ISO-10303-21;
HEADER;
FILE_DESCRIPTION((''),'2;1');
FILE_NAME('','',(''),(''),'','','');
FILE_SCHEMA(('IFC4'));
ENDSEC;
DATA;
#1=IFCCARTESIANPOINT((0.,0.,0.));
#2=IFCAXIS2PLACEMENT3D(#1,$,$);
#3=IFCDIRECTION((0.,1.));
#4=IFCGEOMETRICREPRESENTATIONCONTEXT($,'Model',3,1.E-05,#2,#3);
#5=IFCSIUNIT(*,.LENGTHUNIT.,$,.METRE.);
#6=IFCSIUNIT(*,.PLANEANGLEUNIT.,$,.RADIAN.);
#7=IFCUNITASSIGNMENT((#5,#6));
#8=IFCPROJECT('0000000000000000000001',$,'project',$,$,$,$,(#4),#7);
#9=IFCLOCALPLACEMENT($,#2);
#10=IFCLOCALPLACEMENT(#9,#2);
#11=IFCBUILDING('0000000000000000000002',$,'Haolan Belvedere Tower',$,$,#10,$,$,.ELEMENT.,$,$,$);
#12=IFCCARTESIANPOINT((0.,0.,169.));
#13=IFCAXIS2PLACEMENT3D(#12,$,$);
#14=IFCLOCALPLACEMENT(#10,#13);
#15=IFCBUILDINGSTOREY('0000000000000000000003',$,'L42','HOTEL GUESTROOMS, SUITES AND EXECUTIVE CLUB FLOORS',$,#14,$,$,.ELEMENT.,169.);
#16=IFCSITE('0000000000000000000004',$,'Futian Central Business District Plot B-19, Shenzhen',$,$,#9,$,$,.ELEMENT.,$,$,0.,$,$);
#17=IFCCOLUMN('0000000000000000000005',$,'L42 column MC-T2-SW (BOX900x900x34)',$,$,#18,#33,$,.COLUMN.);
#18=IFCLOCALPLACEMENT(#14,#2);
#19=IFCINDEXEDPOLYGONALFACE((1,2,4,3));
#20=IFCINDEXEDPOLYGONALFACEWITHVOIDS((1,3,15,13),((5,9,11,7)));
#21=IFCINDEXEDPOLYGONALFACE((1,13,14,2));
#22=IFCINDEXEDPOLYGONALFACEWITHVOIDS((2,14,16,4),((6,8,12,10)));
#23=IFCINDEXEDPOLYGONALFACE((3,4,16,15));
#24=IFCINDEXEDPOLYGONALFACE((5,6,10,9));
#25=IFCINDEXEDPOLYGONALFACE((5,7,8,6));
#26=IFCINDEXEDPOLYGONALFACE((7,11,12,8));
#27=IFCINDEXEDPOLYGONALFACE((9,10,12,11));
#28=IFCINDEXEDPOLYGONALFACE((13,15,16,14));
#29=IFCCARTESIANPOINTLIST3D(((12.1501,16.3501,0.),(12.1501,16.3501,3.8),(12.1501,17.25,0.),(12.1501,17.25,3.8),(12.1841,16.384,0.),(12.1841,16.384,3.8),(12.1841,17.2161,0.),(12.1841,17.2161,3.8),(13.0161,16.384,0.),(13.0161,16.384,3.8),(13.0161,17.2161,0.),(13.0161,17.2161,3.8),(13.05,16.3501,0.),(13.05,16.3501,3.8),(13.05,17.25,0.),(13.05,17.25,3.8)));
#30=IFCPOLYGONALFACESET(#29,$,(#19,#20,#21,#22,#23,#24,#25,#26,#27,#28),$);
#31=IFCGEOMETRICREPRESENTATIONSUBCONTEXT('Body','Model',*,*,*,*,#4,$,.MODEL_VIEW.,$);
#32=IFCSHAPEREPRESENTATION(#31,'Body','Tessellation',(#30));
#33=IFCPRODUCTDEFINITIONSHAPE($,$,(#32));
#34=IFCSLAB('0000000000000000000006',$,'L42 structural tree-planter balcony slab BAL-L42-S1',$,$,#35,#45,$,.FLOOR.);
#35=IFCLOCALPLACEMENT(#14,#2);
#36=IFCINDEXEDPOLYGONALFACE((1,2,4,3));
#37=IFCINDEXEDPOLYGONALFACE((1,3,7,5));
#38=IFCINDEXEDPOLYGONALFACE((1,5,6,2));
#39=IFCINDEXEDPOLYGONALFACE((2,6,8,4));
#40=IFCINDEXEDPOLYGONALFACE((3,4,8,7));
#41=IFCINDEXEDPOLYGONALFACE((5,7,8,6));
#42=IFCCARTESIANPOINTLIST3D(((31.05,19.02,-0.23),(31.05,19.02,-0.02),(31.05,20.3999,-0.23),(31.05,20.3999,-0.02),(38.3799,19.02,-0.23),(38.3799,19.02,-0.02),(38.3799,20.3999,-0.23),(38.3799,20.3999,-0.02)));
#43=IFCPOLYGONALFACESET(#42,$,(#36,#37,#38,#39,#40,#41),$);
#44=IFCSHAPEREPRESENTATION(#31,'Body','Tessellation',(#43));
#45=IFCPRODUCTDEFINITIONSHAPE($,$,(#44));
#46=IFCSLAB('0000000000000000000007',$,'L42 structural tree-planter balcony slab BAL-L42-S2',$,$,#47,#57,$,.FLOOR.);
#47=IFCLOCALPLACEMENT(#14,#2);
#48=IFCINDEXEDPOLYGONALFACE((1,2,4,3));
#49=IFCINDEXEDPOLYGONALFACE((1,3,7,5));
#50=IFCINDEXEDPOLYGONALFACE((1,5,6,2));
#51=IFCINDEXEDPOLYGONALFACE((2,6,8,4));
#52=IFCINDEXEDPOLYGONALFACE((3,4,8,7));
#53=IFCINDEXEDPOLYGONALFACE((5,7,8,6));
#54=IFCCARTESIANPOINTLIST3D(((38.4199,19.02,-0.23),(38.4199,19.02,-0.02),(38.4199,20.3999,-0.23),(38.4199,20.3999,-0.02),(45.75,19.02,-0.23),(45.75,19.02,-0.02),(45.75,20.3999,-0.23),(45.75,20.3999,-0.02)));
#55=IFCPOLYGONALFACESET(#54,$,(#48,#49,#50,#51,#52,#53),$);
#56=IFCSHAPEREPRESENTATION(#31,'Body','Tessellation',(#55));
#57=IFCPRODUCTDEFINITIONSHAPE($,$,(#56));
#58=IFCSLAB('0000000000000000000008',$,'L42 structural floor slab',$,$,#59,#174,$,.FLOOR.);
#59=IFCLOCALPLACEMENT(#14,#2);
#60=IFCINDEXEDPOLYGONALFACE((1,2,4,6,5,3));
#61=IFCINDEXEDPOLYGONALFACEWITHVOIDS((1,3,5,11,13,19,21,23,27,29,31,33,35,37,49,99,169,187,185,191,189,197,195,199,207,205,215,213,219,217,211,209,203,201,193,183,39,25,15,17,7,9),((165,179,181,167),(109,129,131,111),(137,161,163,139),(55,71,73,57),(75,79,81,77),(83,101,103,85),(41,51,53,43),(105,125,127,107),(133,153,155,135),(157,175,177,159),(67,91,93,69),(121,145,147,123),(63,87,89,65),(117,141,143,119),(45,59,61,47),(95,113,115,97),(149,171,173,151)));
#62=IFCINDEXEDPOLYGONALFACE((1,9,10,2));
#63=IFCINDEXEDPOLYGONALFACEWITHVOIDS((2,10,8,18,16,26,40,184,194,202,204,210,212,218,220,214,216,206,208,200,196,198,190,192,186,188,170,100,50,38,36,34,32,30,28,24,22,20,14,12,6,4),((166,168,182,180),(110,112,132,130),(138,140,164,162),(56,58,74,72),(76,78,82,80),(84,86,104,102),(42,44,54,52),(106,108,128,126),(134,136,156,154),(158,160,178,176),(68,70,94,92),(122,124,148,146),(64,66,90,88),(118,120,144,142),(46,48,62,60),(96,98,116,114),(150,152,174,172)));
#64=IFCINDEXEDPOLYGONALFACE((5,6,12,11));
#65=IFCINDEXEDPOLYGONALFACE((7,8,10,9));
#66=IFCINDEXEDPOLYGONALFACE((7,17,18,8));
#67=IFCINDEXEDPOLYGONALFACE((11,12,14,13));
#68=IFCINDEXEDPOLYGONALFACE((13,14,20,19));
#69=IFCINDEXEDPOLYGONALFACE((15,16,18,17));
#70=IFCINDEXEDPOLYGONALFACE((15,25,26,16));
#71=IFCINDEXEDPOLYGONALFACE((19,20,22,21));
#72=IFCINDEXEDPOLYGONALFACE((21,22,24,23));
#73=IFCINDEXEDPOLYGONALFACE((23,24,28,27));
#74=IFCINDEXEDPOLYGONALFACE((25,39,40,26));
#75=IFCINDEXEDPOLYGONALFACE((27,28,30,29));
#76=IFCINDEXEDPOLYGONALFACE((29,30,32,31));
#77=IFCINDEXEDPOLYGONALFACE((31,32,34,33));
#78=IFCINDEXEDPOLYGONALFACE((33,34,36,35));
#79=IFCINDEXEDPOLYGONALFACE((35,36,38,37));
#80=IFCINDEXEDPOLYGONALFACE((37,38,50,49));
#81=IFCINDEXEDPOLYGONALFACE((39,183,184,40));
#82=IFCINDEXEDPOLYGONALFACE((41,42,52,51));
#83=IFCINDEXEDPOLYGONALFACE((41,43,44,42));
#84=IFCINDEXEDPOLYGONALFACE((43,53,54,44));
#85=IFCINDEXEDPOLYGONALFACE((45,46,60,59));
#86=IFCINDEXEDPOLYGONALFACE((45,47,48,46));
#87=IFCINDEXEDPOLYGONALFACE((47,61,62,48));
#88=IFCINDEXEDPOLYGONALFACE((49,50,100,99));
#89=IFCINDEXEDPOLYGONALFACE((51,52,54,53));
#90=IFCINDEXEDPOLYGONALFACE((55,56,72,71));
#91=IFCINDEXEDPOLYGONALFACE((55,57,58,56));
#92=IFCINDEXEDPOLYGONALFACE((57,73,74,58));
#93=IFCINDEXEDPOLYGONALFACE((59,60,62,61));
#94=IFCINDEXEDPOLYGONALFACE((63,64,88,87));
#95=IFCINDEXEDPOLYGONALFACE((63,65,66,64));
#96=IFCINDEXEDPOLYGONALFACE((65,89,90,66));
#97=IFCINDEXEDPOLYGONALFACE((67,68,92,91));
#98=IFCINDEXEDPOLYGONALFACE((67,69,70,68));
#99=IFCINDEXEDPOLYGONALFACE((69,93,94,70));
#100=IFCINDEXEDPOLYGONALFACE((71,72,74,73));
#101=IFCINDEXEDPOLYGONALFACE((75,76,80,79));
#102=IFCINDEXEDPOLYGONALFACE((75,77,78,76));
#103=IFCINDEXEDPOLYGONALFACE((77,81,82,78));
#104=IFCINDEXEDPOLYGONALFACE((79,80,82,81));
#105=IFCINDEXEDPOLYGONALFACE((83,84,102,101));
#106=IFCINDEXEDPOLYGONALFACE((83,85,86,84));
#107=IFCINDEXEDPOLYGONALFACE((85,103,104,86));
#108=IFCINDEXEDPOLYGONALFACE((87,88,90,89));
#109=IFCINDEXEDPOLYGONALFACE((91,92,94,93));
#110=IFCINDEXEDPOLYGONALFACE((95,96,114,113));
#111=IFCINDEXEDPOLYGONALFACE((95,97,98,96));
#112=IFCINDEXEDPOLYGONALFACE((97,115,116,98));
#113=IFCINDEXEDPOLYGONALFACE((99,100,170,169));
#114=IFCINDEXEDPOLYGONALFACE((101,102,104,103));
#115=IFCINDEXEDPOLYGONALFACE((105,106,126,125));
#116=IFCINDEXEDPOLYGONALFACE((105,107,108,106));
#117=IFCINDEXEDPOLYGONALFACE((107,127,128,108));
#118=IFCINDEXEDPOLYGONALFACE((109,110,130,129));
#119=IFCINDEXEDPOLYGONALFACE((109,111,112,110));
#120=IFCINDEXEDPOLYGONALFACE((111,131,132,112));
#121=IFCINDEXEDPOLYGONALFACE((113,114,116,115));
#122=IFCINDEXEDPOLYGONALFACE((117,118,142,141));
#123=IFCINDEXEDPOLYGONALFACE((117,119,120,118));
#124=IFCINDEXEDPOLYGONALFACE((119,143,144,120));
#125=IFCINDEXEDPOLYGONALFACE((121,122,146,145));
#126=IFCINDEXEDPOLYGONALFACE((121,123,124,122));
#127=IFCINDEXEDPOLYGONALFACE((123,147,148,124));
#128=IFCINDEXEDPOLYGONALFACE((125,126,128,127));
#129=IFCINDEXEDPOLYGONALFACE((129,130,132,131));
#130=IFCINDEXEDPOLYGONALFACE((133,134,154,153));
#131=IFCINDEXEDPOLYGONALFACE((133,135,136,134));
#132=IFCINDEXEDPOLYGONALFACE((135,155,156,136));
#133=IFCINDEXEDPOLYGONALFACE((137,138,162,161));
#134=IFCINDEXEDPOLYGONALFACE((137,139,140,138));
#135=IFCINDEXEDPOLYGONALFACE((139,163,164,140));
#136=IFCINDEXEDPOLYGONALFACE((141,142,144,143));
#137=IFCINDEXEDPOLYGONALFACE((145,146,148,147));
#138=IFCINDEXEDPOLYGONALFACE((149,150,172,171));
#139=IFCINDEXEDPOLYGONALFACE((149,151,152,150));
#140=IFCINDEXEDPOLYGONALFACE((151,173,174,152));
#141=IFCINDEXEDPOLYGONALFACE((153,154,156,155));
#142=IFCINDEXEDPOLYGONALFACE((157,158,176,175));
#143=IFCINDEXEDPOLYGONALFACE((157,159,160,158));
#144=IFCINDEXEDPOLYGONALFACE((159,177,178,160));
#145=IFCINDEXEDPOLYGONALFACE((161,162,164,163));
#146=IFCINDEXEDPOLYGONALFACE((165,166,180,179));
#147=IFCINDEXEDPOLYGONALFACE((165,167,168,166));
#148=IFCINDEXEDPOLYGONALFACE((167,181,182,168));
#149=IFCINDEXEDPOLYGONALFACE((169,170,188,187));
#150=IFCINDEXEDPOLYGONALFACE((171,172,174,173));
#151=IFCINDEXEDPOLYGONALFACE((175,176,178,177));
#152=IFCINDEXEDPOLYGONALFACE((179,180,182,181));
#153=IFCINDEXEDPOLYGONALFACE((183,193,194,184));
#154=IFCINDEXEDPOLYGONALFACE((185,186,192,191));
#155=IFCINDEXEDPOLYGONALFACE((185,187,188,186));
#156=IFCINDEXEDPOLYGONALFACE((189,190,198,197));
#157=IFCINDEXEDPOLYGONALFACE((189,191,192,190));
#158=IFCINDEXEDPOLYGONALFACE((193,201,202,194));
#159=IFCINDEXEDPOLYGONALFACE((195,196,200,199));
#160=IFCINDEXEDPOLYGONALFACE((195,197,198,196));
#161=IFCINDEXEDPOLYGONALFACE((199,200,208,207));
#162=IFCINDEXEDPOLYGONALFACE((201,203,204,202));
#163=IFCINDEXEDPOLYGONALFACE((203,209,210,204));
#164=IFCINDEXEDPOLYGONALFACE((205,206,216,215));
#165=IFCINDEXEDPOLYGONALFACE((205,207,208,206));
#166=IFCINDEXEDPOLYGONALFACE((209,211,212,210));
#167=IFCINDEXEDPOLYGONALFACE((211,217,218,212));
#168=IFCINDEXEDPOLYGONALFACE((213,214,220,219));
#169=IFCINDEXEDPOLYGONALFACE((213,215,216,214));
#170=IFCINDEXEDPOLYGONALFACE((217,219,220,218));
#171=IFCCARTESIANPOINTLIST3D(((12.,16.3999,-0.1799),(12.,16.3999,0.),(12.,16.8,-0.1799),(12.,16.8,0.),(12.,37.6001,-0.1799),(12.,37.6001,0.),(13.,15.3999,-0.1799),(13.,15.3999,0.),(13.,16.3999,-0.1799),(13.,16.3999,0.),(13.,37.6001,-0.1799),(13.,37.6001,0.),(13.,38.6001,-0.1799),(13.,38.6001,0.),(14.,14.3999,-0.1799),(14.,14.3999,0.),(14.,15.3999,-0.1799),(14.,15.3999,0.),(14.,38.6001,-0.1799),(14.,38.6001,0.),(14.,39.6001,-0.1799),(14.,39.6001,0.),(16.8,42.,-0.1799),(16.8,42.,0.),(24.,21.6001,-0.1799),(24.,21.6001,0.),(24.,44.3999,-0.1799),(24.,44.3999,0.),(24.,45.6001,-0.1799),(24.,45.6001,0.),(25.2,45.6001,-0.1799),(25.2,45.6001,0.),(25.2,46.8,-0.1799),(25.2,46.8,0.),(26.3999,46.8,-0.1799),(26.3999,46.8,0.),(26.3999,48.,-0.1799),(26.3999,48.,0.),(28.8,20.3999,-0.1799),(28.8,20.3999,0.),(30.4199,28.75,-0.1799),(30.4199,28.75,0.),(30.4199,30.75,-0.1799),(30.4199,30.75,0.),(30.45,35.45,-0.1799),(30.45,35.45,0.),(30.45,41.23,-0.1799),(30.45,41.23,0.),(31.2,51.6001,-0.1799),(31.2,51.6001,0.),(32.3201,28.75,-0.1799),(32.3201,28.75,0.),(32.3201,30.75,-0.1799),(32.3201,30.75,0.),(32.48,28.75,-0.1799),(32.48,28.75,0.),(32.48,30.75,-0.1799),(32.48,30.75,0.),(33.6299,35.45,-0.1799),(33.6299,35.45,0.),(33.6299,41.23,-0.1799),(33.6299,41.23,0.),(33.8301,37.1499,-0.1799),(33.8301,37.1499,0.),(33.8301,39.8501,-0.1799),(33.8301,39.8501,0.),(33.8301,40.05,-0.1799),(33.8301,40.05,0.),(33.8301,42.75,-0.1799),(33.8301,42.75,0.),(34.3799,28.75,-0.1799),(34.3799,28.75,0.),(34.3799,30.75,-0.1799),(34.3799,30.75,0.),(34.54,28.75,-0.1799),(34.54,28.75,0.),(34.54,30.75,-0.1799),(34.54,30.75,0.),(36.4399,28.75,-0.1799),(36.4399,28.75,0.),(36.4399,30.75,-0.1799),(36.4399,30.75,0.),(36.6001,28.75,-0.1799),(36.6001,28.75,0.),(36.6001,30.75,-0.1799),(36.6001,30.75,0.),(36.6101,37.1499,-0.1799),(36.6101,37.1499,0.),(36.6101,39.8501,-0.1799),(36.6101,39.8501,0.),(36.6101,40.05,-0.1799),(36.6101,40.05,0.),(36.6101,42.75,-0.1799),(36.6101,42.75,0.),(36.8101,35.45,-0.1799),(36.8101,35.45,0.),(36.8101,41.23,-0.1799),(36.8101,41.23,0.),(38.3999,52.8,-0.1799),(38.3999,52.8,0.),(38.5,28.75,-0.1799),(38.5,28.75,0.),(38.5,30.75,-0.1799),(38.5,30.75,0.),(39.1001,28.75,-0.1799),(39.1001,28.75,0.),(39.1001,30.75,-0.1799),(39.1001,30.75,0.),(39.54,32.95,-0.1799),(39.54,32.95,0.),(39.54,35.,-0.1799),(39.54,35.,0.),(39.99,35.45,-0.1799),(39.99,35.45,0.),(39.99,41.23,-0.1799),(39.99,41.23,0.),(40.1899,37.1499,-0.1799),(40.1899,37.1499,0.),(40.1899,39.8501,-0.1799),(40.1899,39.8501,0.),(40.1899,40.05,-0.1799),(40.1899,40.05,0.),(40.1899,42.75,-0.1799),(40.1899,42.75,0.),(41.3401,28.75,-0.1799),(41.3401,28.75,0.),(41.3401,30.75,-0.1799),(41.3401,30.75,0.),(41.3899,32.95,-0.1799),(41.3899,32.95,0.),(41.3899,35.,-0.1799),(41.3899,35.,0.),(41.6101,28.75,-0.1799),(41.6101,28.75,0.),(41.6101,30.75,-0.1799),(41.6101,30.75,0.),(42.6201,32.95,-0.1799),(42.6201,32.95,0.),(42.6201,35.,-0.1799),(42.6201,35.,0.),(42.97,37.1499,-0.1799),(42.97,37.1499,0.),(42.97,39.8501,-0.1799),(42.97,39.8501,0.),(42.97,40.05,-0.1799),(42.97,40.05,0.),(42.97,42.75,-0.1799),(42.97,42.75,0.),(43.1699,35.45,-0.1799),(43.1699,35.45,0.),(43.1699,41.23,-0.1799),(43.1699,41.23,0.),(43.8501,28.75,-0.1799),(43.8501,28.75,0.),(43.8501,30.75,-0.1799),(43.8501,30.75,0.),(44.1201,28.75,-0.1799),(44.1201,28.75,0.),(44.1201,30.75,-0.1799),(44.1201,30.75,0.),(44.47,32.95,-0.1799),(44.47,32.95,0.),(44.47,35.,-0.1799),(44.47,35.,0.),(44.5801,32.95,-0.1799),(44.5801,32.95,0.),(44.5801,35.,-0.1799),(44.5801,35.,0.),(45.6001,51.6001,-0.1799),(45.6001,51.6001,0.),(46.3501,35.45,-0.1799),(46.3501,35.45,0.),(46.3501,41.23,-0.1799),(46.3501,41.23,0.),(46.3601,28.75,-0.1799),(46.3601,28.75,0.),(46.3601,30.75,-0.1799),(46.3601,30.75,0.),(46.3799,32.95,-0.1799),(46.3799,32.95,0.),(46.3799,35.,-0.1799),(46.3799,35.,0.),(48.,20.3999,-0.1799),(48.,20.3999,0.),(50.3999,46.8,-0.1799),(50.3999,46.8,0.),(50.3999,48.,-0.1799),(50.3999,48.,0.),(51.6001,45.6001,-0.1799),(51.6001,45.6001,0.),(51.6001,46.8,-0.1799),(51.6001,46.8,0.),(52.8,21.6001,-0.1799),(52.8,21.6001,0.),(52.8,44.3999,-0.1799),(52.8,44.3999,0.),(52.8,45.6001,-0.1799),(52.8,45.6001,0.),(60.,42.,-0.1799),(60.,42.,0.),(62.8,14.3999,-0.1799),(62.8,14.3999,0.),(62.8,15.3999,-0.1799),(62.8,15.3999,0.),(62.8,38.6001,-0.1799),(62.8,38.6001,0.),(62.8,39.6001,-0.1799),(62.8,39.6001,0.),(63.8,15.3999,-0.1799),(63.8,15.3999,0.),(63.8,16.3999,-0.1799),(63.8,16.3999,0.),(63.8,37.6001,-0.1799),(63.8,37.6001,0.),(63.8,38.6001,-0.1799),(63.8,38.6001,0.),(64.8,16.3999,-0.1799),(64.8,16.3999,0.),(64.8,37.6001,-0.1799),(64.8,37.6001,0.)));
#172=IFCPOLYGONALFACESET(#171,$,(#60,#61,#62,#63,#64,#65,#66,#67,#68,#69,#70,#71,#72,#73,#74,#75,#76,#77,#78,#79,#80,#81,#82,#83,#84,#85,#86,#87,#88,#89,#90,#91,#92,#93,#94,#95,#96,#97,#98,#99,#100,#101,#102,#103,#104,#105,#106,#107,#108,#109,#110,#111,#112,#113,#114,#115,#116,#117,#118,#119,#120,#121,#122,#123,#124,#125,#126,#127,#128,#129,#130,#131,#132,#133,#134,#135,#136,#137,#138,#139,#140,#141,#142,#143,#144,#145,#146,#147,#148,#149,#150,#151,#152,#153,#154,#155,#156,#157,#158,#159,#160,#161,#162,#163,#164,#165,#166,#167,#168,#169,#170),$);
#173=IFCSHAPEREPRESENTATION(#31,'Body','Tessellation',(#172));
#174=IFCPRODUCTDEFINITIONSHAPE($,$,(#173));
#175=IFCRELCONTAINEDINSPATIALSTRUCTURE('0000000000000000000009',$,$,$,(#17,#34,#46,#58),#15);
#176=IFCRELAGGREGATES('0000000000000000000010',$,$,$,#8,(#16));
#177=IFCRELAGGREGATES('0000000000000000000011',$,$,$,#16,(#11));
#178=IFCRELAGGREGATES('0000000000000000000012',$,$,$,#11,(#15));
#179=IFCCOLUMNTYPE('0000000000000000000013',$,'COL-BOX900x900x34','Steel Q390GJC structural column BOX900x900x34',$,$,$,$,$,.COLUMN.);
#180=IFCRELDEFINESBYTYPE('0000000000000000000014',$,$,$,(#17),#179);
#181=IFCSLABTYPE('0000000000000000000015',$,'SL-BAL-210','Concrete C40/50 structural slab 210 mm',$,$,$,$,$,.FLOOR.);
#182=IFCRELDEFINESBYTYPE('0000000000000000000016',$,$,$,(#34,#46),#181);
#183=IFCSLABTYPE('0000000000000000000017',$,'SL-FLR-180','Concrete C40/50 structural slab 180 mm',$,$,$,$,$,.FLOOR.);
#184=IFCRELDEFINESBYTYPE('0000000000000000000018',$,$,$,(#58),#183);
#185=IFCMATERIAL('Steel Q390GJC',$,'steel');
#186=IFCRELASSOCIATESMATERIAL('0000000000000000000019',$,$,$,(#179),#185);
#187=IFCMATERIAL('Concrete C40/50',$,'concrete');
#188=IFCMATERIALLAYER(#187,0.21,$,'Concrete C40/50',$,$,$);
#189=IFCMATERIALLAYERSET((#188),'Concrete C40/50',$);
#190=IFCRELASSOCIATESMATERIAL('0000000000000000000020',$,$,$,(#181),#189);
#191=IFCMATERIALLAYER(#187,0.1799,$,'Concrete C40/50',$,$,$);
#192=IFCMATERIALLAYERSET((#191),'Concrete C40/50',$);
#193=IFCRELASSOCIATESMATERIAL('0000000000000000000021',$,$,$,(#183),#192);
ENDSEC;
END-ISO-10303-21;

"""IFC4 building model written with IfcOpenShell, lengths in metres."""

from ifc_helpers import new_model, si_unit, direction, frame, origin, origin_2d, place, context, subcontext, project, spatial, polyline, hollow_rectangle, outline, extrude, material, layer, layer_set, material_profile, profile_set, type_object, element, save


model = new_model("IFC4")

# Units and contexts
model_context = context("Model", 3, precision=1e-05, world=origin(), true_north=direction((0.0, 1.0)))
body_context = subcontext(model_context, "Body", "Model", "MODEL_VIEW")
ifc_project = project(units=[si_unit("LENGTHUNIT", "METRE"), si_unit("PLANEANGLEUNIT", "RADIAN")], contexts=[model_context])

# Site, building, storey
site_placement = place(None, origin())
site = spatial("IfcSite", under=ifc_project, at=site_placement, Name="Futian Central Business District Plot B-19, Shenzhen", CompositionType="ELEMENT", RefElevation=0.0)
building_placement = place(site_placement, origin())
building = spatial("IfcBuilding", under=site, at=building_placement, Name="Haolan Belvedere Tower", CompositionType="ELEMENT")
storey_placement = place(building_placement, frame((0.0, 0.0, 169.0)))
storey = spatial("IfcBuildingStorey", under=building, at=storey_placement, Name="L42", Description="HOTEL GUESTROOMS, SUITES AND EXECUTIVE CLUB FLOORS", CompositionType="ELEMENT", Elevation=169.0)

# Column
ifc_material_1 = material(Name="Steel Q390GJC", Category="steel")
ifc_material_profile = material_profile(ifc_material_1, hollow_rectangle(XDim=0.8999, YDim=0.8999, WallThickness=0.0339, at=origin_2d()), Name="Steel Q390GJC")
ifc_profile_set = profile_set([ifc_material_profile], Name="Steel Q390GJC")
column_type = type_object("IfcColumnType", Name="COL-BOX900x900x34", Description="Steel Q390GJC structural column BOX900x900x34", PredefinedType="COLUMN", material=ifc_profile_set)
column_placement = place(storey_placement, frame((12.6001, 16.8, 0.0), z_axis=(0.0, 0.0, 1.0), x_axis=(1.0, 0.0, 0.0)))
element("IfcColumn", 1, at=column_placement, inside=storey, type_object=column_type, Name="L42 column MC-T2-SW (BOX900x900x34)", PredefinedType="COLUMN", context=body_context, shape_type="SweptSolid", body=[
    extrude(hollow_rectangle(XDim=0.8999, YDim=0.8999, WallThickness=0.0339, at=origin_2d()), origin(), (0.0, 0.0, 1.0), 3.8),
])

# Slabs
ifc_material_2 = material(Name="Concrete C40/50", Category="concrete")
ifc_layer_1 = layer(ifc_material_2, 0.21, Name="Concrete C40/50")
ifc_layer_set_1 = layer_set([ifc_layer_1], Name="Concrete C40/50")
slab_type_1 = type_object("IfcSlabType", Name="SL-BAL-210", Description="Concrete C40/50 structural slab 210 mm", PredefinedType="FLOOR", material=ifc_layer_set_1)
slab_1_placement = place(storey_placement, frame((0.0, 0.0, -0.23)))
element("IfcSlab", 2, at=slab_1_placement, inside=storey, type_object=slab_type_1, Name="L42 structural tree-planter balcony slab BAL-L42-S1", PredefinedType="FLOOR", context=body_context, shape_type="SweptSolid", body=[
    extrude(outline(polyline([(31.05, 19.02), (38.3799, 19.02), (38.3799, 20.3999), (31.05, 20.3999), (31.05, 19.02)])), origin(), (0.0, 0.0, 1.0), 0.21),
])
slab_2_placement = place(storey_placement, frame((0.0, 0.0, -0.23)))
element("IfcSlab", 3, at=slab_2_placement, inside=storey, type_object=slab_type_1, Name="L42 structural tree-planter balcony slab BAL-L42-S2", PredefinedType="FLOOR", context=body_context, shape_type="SweptSolid", body=[
    extrude(outline(polyline([(38.4199, 19.02), (45.75, 19.02), (45.75, 20.3999), (38.4199, 20.3999), (38.4199, 19.02)])), origin(), (0.0, 0.0, 1.0), 0.21),
])
ifc_layer_2 = layer(ifc_material_2, 0.1799, Name="Concrete C40/50")
ifc_layer_set_2 = layer_set([ifc_layer_2], Name="Concrete C40/50")
slab_type_2 = type_object("IfcSlabType", Name="SL-FLR-180", Description="Concrete C40/50 structural slab 180 mm", PredefinedType="FLOOR", material=ifc_layer_set_2)
slab_3_placement = place(storey_placement, frame((0.0, 0.0, -0.1799)))
element("IfcSlab", 4, at=slab_3_placement, inside=storey, type_object=slab_type_2, Name="L42 structural floor slab", PredefinedType="FLOOR", context=body_context, shape_type="SweptSolid", body=[
    extrude(outline(polyline([(24.0, 21.6001), (28.8, 20.3999), (48.0, 20.3999), (52.8, 21.6001), (62.8, 14.3999), (62.8, 15.3999), (63.8, 15.3999), (63.8, 16.3999), (64.8, 16.3999), (64.8, 37.6001), (63.8, 37.6001), (63.8, 38.6001), (62.8, 38.6001), (62.8, 39.6001), (60.0, 42.0), (52.8, 44.3999), (52.8, 45.6001), (51.6001, 45.6001), (51.6001, 46.8), (50.3999, 46.8), (50.3999, 48.0), (45.6001, 51.6001), (38.3999, 52.8), (31.2, 51.6001), (26.3999, 48.0), (26.3999, 46.8), (25.2, 46.8), (25.2, 45.6001), (24.0, 45.6001), (24.0, 44.3999), (16.8, 42.0), (14.0, 39.6001), (14.0, 38.6001), (13.0, 38.6001), (13.0, 37.6001), (12.0, 37.6001), (12.0, 16.8), (12.0, 16.3999), (13.0, 16.3999), (13.0, 15.3999), (14.0, 15.3999), (14.0, 14.3999), (24.0, 21.6001)]), holes=[polyline([(30.45, 41.23), (30.45, 35.45), (33.6299, 35.45), (33.6299, 41.23), (30.45, 41.23)]), polyline([(36.8101, 41.23), (36.8101, 35.45), (39.99, 35.45), (39.99, 41.23), (36.8101, 41.23)]), polyline([(43.1699, 41.23), (43.1699, 35.45), (46.3501, 35.45), (46.3501, 41.23), (43.1699, 41.23)]), polyline([(33.8301, 40.05), (36.6101, 40.05), (36.6101, 42.75), (33.8301, 42.75), (33.8301, 40.05)]), polyline([(33.8301, 37.1499), (36.6101, 37.1499), (36.6101, 39.8501), (33.8301, 39.8501), (33.8301, 37.1499)]), polyline([(40.1899, 40.05), (42.97, 40.05), (42.97, 42.75), (40.1899, 42.75), (40.1899, 40.05)]), polyline([(40.1899, 37.1499), (42.97, 37.1499), (42.97, 39.8501), (40.1899, 39.8501), (40.1899, 37.1499)]), polyline([(39.54, 32.95), (41.3899, 32.95), (41.3899, 35.0), (39.54, 35.0), (39.54, 32.95)]), polyline([(42.6201, 32.95), (44.47, 32.95), (44.47, 35.0), (42.6201, 35.0), (42.6201, 32.95)]), polyline([(44.5801, 32.95), (46.3799, 32.95), (46.3799, 35.0), (44.5801, 35.0), (44.5801, 32.95)]), polyline([(30.4199, 28.75), (32.3201, 28.75), (32.3201, 30.75), (30.4199, 30.75), (30.4199, 28.75)]), polyline([(32.48, 28.75), (34.3799, 28.75), (34.3799, 30.75), (32.48, 30.75), (32.48, 28.75)]), polyline([(34.54, 28.75), (36.4399, 28.75), (36.4399, 30.75), (34.54, 30.75), (34.54, 28.75)]), polyline([(36.6001, 28.75), (38.5, 28.75), (38.5, 30.75), (36.6001, 30.75), (36.6001, 28.75)]), polyline([(39.1001, 28.75), (41.3401, 28.75), (41.3401, 30.75), (39.1001, 30.75), (39.1001, 28.75)]), polyline([(41.6101, 28.75), (43.8501, 28.75), (43.8501, 30.75), (41.6101, 30.75), (41.6101, 28.75)]), polyline([(44.1201, 28.75), (46.3601, 28.75), (46.3601, 30.75), (44.1201, 30.75), (44.1201, 28.75)])]), origin(), (0.0, 0.0, 1.0), 0.1799),
])

save(model, "model.ifc")
